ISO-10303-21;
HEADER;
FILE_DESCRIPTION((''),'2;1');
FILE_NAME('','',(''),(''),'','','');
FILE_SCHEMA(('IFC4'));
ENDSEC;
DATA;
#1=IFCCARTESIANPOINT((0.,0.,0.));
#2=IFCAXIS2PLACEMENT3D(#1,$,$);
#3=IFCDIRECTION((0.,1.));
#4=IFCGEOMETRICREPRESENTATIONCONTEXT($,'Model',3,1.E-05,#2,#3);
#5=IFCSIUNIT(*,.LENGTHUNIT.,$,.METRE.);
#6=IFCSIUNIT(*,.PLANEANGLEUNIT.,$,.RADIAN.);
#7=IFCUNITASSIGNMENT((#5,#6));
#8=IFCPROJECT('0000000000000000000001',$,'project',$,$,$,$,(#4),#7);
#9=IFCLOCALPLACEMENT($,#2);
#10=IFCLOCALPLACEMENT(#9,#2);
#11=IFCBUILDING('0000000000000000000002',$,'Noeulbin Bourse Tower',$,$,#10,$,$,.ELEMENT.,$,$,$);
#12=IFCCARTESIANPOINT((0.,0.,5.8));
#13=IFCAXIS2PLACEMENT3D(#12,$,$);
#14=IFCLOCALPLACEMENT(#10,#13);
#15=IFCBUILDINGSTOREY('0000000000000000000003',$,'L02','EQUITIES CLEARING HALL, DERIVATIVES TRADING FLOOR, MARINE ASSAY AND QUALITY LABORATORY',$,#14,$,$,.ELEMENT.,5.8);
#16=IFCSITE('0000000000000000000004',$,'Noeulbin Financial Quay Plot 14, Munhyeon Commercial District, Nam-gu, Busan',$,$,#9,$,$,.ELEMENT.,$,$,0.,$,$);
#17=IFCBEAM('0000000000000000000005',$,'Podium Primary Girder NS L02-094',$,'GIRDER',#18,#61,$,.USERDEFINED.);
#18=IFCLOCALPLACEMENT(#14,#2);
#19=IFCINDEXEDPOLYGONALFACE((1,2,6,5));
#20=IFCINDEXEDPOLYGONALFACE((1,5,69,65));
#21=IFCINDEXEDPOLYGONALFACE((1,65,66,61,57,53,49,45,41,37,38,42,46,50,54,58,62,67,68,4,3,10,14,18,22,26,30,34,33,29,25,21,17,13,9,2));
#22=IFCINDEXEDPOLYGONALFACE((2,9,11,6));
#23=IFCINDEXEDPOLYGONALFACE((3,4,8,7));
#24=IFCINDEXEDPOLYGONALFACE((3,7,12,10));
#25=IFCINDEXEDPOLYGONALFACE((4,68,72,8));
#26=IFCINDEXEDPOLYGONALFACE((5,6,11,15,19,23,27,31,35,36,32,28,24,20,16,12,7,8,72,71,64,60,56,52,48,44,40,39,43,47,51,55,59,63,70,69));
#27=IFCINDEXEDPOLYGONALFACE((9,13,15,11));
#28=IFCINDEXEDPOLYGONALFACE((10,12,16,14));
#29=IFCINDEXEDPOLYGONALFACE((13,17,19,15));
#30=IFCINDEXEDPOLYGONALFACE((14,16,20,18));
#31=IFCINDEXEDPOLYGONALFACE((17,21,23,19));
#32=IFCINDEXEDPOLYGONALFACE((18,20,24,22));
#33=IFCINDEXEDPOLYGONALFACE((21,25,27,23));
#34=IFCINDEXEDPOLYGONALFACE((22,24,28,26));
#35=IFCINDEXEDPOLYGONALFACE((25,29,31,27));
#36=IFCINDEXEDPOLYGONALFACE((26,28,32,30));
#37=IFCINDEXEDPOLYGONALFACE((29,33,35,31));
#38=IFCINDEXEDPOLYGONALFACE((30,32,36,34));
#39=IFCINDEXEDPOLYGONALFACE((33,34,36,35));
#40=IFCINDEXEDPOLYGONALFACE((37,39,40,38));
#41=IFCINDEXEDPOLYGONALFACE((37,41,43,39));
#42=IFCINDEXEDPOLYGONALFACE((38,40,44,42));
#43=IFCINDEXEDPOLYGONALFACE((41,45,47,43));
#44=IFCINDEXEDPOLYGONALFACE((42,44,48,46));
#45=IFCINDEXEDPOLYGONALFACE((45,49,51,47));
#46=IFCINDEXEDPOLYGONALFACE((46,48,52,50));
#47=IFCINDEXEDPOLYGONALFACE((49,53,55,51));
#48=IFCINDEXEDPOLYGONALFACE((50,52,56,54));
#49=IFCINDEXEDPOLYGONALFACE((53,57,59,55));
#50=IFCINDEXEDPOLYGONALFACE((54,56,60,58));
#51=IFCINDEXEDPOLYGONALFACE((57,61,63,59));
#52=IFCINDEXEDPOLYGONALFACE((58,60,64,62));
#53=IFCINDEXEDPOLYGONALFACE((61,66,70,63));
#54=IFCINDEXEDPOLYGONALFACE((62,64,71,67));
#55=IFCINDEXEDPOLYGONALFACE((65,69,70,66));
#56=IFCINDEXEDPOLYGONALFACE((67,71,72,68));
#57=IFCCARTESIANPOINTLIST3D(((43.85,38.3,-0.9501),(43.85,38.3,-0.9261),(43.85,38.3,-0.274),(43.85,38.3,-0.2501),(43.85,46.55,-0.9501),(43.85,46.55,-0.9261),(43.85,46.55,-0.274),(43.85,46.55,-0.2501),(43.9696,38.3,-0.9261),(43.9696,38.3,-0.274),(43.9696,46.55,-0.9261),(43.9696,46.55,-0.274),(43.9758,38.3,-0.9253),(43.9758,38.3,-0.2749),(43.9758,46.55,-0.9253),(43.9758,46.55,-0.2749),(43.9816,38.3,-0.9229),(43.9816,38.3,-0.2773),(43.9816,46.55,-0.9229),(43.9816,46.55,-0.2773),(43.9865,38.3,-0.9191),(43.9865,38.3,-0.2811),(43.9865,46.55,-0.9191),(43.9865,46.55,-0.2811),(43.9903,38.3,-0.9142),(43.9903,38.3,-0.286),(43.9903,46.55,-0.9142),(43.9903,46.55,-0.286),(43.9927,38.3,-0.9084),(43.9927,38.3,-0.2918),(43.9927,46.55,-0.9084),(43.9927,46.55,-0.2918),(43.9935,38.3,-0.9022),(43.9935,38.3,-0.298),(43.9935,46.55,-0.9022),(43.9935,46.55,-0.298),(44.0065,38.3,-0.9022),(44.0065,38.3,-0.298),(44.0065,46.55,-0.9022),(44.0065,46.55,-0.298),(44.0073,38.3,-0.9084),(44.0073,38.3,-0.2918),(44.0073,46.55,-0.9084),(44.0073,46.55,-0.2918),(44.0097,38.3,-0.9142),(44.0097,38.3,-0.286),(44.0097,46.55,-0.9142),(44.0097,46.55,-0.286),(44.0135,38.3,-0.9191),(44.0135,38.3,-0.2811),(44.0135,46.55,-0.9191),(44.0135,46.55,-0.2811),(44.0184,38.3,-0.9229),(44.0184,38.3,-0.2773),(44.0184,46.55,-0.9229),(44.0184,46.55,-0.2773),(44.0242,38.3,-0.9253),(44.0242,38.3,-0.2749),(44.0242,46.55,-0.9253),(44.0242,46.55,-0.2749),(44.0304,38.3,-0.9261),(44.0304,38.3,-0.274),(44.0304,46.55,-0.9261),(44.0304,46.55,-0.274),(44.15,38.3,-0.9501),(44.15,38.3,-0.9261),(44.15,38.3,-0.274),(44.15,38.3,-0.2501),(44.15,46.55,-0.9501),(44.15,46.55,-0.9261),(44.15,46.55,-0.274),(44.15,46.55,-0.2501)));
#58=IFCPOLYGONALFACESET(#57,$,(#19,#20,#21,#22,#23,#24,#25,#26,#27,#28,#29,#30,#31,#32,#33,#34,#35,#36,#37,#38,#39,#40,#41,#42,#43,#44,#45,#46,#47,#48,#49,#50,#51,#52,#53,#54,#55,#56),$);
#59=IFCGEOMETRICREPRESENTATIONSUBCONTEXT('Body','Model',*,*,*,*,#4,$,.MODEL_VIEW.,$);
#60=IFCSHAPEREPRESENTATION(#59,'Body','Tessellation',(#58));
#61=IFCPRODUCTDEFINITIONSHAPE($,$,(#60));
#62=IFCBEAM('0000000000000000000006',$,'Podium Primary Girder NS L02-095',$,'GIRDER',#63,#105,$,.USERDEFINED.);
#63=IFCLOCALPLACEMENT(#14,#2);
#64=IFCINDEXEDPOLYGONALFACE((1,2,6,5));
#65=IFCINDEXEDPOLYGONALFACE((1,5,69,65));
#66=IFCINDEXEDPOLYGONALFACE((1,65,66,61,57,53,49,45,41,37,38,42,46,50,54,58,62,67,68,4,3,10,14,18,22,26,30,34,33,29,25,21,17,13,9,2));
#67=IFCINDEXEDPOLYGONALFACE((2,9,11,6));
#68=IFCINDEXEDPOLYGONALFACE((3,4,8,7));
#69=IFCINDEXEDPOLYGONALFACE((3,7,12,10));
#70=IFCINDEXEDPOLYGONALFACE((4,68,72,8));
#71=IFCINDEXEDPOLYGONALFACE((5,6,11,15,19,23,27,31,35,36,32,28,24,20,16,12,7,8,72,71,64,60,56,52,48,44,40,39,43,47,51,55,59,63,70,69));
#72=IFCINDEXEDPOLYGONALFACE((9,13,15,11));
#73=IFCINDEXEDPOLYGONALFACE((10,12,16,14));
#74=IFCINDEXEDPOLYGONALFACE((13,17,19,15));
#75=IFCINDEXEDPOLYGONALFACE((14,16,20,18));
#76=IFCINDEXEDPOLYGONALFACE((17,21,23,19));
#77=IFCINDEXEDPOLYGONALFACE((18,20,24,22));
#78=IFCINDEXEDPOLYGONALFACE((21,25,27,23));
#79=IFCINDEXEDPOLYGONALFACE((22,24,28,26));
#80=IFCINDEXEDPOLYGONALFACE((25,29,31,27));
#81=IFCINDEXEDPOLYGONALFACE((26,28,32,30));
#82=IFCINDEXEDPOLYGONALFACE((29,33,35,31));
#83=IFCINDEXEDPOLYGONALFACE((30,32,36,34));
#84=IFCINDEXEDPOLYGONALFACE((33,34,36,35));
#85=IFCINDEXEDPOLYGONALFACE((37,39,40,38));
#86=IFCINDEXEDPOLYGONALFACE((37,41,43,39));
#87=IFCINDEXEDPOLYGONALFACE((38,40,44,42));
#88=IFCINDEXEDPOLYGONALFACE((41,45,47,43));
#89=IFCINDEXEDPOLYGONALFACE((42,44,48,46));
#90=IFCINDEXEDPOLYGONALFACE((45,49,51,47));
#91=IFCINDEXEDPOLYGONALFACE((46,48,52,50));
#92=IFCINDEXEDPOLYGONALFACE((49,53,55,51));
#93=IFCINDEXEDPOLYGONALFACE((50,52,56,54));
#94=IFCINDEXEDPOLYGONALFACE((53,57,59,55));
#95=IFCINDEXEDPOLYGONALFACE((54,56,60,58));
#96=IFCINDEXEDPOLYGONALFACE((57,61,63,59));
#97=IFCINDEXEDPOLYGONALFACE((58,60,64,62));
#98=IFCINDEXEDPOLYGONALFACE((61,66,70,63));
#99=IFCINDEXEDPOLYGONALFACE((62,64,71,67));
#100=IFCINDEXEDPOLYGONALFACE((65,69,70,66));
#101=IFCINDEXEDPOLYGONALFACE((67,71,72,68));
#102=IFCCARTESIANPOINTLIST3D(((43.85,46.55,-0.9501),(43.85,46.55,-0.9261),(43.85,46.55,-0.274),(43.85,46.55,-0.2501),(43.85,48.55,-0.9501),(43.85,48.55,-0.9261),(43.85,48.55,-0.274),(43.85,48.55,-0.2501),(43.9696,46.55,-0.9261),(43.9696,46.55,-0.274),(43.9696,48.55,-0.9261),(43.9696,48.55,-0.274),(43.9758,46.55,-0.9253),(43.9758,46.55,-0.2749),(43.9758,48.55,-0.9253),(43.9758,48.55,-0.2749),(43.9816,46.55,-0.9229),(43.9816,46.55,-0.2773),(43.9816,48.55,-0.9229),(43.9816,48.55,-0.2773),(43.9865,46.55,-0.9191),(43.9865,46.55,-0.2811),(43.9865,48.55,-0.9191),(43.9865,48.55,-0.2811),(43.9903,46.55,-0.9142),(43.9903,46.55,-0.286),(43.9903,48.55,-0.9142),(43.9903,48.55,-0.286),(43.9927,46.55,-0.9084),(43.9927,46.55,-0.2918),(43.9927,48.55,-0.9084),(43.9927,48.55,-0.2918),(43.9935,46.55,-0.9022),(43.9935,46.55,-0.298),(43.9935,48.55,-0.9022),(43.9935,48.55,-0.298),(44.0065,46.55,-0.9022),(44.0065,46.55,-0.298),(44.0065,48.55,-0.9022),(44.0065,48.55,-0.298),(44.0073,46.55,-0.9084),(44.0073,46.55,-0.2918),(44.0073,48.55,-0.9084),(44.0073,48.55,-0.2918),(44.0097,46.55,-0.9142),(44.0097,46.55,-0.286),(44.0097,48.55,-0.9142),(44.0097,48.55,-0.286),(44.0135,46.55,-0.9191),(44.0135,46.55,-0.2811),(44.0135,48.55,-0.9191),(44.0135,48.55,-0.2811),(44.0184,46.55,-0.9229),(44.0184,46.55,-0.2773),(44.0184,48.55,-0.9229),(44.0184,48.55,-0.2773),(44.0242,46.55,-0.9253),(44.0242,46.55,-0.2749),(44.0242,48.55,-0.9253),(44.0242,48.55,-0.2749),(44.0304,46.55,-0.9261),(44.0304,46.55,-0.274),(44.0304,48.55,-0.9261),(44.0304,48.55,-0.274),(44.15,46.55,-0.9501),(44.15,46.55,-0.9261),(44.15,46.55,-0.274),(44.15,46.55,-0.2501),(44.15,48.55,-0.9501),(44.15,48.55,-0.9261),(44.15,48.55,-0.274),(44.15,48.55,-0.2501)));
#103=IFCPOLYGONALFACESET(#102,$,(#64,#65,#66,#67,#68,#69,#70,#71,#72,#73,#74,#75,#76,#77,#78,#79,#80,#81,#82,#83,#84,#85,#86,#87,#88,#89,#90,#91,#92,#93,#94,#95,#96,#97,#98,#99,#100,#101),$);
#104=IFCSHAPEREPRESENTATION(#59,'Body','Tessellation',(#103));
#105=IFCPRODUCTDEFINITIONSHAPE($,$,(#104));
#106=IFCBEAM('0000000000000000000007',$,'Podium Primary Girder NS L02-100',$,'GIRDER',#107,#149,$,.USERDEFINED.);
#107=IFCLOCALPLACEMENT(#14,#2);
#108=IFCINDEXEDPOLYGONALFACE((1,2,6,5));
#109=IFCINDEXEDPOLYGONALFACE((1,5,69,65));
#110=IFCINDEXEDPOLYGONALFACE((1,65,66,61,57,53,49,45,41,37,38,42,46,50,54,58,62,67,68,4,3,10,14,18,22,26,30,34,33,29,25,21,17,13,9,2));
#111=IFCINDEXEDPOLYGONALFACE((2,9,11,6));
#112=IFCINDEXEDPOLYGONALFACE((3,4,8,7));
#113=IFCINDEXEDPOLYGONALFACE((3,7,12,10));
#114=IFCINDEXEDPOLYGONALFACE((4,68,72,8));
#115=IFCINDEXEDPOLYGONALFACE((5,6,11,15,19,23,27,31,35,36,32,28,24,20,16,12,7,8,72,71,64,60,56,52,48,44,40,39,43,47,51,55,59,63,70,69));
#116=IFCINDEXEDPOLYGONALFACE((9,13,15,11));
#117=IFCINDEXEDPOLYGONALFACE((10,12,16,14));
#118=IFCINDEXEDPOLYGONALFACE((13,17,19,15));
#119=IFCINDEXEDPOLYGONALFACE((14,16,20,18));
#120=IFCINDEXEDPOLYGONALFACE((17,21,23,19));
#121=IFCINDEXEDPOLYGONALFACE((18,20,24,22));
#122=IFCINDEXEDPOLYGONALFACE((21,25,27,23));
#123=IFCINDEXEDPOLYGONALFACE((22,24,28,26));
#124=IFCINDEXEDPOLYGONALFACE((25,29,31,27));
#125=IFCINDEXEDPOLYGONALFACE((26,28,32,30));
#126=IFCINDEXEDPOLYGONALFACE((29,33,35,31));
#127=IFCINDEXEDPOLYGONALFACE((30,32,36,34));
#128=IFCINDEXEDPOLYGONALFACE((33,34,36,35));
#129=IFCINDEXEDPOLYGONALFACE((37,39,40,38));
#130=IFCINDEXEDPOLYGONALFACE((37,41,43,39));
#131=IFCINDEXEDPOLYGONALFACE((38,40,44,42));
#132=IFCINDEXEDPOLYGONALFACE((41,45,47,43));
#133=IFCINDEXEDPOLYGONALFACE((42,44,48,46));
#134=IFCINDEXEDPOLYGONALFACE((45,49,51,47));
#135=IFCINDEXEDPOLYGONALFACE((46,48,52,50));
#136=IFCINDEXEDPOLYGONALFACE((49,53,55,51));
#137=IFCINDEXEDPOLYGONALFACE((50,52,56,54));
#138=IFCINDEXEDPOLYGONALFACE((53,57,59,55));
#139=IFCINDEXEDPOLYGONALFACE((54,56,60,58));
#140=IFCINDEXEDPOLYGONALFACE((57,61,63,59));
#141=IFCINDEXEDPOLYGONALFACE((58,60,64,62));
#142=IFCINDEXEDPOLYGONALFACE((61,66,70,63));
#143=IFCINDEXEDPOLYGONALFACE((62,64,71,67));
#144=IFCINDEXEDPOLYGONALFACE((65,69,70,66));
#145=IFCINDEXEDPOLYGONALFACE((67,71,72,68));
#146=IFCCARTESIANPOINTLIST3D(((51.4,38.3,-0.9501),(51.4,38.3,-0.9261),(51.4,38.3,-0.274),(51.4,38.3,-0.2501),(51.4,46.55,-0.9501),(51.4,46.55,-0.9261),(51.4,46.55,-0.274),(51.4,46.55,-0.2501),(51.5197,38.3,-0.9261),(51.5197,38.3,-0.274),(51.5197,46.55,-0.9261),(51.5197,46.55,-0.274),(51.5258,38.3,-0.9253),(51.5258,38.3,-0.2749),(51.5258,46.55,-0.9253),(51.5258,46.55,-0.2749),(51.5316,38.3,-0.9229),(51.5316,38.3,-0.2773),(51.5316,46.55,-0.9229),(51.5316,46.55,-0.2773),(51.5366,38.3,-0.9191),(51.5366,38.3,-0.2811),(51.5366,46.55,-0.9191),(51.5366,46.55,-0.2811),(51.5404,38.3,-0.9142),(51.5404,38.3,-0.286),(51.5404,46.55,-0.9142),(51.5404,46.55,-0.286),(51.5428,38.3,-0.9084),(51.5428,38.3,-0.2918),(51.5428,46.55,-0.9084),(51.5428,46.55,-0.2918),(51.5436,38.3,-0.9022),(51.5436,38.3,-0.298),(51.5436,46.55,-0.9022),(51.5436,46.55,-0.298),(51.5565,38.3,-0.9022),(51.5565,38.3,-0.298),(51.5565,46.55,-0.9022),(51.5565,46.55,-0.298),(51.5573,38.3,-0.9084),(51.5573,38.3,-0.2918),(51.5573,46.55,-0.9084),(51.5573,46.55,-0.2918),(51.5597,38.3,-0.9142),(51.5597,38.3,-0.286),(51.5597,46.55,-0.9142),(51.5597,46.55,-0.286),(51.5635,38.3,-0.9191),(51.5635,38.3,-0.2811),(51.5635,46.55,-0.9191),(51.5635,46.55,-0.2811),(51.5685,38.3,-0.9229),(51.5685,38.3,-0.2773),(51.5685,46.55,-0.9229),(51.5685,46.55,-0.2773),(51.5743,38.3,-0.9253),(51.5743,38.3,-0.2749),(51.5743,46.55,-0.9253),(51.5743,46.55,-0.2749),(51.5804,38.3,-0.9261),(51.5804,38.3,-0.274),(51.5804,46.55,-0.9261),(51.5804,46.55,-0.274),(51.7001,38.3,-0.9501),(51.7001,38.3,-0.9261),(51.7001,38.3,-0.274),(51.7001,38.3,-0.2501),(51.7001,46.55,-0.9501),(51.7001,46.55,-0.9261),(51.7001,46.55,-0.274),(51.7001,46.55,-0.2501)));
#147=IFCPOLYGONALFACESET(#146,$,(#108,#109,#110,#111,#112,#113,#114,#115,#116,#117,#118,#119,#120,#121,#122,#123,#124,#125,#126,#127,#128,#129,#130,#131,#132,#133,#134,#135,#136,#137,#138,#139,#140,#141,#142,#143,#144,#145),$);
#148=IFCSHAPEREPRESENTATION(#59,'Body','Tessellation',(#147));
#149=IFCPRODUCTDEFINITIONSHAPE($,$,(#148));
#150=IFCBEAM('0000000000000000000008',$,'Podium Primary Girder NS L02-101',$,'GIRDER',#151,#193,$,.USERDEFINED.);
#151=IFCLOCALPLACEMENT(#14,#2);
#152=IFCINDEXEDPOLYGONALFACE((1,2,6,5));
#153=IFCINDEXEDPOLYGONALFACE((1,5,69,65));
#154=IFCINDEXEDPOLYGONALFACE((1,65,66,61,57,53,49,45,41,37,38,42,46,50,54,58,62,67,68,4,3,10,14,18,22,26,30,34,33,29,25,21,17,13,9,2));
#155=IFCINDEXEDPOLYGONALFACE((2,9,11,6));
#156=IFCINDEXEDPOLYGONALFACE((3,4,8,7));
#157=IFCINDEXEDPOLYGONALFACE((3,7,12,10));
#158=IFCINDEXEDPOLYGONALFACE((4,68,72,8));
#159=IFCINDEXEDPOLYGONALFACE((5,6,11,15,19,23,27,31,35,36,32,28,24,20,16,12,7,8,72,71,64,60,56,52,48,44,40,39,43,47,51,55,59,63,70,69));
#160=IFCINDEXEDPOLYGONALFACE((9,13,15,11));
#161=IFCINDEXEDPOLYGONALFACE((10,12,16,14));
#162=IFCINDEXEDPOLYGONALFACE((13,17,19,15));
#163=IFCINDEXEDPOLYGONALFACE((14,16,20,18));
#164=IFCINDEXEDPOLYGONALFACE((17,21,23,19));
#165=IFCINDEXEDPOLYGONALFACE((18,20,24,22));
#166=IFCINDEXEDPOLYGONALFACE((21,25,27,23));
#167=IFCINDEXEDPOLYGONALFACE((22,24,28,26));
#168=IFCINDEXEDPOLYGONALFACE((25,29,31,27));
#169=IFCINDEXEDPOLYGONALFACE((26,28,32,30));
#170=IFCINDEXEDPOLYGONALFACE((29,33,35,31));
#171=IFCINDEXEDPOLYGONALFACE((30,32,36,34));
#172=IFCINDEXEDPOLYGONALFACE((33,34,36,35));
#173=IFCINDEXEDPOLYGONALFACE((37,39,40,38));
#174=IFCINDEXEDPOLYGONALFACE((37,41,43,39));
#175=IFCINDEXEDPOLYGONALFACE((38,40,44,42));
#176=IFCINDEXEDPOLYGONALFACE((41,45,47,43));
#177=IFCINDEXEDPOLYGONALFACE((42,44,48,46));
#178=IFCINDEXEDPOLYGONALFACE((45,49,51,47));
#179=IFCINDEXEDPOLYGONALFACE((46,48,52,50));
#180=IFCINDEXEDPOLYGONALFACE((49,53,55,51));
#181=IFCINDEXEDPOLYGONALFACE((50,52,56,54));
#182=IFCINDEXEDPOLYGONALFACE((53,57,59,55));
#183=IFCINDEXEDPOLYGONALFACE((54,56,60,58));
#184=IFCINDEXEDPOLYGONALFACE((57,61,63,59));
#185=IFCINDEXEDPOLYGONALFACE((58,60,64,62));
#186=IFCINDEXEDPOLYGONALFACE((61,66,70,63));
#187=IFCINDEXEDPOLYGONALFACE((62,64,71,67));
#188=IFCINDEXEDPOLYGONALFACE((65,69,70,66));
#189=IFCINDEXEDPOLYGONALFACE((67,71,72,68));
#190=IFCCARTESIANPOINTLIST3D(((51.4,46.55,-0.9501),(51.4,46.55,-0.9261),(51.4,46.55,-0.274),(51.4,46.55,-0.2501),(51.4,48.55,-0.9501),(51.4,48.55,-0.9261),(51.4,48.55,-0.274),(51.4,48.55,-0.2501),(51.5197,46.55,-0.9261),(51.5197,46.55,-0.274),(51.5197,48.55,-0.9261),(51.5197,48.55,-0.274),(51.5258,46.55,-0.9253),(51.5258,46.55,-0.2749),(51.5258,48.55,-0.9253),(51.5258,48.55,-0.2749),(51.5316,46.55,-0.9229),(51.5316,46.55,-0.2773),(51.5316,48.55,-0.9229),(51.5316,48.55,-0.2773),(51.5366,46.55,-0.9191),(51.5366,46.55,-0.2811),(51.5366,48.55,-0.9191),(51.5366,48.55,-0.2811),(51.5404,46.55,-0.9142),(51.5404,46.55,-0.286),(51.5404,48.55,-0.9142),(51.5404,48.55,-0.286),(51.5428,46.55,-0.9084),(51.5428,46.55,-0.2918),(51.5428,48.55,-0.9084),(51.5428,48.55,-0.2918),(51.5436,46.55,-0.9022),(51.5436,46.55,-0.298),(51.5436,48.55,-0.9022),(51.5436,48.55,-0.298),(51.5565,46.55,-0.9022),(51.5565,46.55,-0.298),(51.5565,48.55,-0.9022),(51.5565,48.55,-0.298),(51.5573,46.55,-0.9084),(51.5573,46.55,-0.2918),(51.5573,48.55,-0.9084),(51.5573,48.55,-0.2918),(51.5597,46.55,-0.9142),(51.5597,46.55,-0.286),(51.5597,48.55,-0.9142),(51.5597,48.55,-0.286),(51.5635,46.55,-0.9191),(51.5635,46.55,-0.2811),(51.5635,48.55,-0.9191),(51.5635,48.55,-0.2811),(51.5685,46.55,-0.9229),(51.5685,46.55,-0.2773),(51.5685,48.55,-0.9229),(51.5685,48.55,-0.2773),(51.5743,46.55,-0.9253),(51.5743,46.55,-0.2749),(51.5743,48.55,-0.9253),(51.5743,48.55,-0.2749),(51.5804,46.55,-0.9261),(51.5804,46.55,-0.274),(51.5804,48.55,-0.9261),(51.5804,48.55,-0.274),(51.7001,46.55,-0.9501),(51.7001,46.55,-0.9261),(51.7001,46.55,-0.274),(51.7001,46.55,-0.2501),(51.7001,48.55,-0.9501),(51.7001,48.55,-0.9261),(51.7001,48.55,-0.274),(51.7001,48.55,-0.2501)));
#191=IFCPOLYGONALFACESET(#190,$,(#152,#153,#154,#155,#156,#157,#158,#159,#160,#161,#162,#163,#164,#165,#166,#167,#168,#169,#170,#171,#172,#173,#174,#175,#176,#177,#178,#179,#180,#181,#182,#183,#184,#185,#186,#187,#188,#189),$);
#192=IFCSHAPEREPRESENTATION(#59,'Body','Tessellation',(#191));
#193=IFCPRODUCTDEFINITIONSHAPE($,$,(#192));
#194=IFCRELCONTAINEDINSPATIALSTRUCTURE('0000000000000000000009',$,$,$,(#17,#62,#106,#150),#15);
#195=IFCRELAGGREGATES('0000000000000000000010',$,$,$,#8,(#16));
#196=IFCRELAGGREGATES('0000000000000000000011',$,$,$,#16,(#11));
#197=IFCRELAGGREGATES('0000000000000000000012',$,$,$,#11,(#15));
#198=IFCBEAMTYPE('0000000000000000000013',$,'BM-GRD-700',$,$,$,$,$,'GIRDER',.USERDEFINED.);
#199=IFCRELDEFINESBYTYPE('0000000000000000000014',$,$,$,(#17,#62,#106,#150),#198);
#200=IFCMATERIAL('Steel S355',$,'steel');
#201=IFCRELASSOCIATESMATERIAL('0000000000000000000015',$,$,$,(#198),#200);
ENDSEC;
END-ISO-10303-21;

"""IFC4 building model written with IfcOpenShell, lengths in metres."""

from ifc_helpers import new_model, si_unit, direction, frame, origin, origin_2d, place, context, subcontext, project, spatial, i_section, extrude, material, material_profile, profile_set, type_object, element, save


model = new_model("IFC4")

# Units and contexts
model_context = context("Model", 3, precision=1e-05, world=origin(), true_north=direction((0.0, 1.0)))
body_context = subcontext(model_context, "Body", "Model", "MODEL_VIEW")
ifc_project = project(units=[si_unit("LENGTHUNIT", "METRE"), si_unit("PLANEANGLEUNIT", "RADIAN")], contexts=[model_context])

# Site, building, storey
site_placement = place(None, origin())
site = spatial("IfcSite", under=ifc_project, at=site_placement, Name="Noeulbin Financial Quay Plot 14, Munhyeon Commercial District, Nam-gu, Busan", CompositionType="ELEMENT", RefElevation=0.0)
building_placement = place(site_placement, origin())
building = spatial("IfcBuilding", under=site, at=building_placement, Name="Noeulbin Bourse Tower", CompositionType="ELEMENT")
storey_placement = place(building_placement, frame((0.0, 0.0, 5.8)))
storey = spatial("IfcBuildingStorey", under=building, at=storey_placement, Name="L02", Description="EQUITIES CLEARING HALL, DERIVATIVES TRADING FLOOR, MARINE ASSAY AND QUALITY LABORATORY", CompositionType="ELEMENT", Elevation=5.8)

# Beams
ifc_material_1 = material(Name="Steel S355", Category="steel")
ifc_material_profile_1 = material_profile(ifc_material_1, i_section(OverallWidth=0.3, OverallDepth=0.7, WebThickness=0.0129, FlangeThickness=0.0239, FilletRadius=0.0239, at=origin_2d()), Name="H-700x300x13x24", Category="LoadBearing")
ifc_profile_set_1 = profile_set([ifc_material_profile_1], Name="Steel S355")
beam_type_1 = type_object("IfcBeamType", Name="BM-GRD-700", ElementType="GIRDER", PredefinedType="USERDEFINED", material=ifc_profile_set_1)
beam_1_placement = place(storey_placement, frame((44.0, 38.3, -0.6001), z_axis=(0.0, 1.0, 0.0), x_axis=(-1.0, 0.0, 0.0)))
element("IfcBeam", 1, at=beam_1_placement, inside=storey, type_object=beam_type_1, Name="Podium Primary Girder NS L02-094", ObjectType="GIRDER", PredefinedType="USERDEFINED", context=body_context, shape_type="SweptSolid", body=[
    extrude(i_section(OverallWidth=0.3, OverallDepth=0.7, WebThickness=0.0129, FlangeThickness=0.0239, FilletRadius=0.0239, at=origin_2d()), origin(), (0.0, 0.0, 1.0), 8.25),
])
beam_2_placement = place(storey_placement, frame((44.0, 46.55, -0.6001), z_axis=(0.0, 1.0, 0.0), x_axis=(-1.0, 0.0, 0.0)))
element("IfcBeam", 2, at=beam_2_placement, inside=storey, type_object=beam_type_1, Name="Podium Primary Girder NS L02-095", ObjectType="GIRDER", PredefinedType="USERDEFINED", context=body_context, shape_type="SweptSolid", body=[
    extrude(i_section(OverallWidth=0.3, OverallDepth=0.7, WebThickness=0.0129, FlangeThickness=0.0239, FilletRadius=0.0239, at=origin_2d()), origin(), (0.0, 0.0, 1.0), 2.0),
])
beam_3_placement = place(storey_placement, frame((51.55, 38.3, -0.6001), z_axis=(0.0, 1.0, 0.0), x_axis=(-1.0, 0.0, 0.0)))
element("IfcBeam", 3, at=beam_3_placement, inside=storey, type_object=beam_type_1, Name="Podium Primary Girder NS L02-100", ObjectType="GIRDER", PredefinedType="USERDEFINED", context=body_context, shape_type="SweptSolid", body=[
    extrude(i_section(OverallWidth=0.3, OverallDepth=0.7, WebThickness=0.0129, FlangeThickness=0.0239, FilletRadius=0.0239, at=origin_2d()), origin(), (0.0, 0.0, 1.0), 8.25),
])
beam_4_placement = place(storey_placement, frame((51.55, 46.55, -0.6001), z_axis=(0.0, 1.0, 0.0), x_axis=(-1.0, 0.0, 0.0)))
element("IfcBeam", 4, at=beam_4_placement, inside=storey, type_object=beam_type_1, Name="Podium Primary Girder NS L02-101", ObjectType="GIRDER", PredefinedType="USERDEFINED", context=body_context, shape_type="SweptSolid", body=[
    extrude(i_section(OverallWidth=0.3, OverallDepth=0.7, WebThickness=0.0129, FlangeThickness=0.0239, FilletRadius=0.0239, at=origin_2d()), origin(), (0.0, 0.0, 1.0), 2.0),
])

save(model, "model.ifc")
